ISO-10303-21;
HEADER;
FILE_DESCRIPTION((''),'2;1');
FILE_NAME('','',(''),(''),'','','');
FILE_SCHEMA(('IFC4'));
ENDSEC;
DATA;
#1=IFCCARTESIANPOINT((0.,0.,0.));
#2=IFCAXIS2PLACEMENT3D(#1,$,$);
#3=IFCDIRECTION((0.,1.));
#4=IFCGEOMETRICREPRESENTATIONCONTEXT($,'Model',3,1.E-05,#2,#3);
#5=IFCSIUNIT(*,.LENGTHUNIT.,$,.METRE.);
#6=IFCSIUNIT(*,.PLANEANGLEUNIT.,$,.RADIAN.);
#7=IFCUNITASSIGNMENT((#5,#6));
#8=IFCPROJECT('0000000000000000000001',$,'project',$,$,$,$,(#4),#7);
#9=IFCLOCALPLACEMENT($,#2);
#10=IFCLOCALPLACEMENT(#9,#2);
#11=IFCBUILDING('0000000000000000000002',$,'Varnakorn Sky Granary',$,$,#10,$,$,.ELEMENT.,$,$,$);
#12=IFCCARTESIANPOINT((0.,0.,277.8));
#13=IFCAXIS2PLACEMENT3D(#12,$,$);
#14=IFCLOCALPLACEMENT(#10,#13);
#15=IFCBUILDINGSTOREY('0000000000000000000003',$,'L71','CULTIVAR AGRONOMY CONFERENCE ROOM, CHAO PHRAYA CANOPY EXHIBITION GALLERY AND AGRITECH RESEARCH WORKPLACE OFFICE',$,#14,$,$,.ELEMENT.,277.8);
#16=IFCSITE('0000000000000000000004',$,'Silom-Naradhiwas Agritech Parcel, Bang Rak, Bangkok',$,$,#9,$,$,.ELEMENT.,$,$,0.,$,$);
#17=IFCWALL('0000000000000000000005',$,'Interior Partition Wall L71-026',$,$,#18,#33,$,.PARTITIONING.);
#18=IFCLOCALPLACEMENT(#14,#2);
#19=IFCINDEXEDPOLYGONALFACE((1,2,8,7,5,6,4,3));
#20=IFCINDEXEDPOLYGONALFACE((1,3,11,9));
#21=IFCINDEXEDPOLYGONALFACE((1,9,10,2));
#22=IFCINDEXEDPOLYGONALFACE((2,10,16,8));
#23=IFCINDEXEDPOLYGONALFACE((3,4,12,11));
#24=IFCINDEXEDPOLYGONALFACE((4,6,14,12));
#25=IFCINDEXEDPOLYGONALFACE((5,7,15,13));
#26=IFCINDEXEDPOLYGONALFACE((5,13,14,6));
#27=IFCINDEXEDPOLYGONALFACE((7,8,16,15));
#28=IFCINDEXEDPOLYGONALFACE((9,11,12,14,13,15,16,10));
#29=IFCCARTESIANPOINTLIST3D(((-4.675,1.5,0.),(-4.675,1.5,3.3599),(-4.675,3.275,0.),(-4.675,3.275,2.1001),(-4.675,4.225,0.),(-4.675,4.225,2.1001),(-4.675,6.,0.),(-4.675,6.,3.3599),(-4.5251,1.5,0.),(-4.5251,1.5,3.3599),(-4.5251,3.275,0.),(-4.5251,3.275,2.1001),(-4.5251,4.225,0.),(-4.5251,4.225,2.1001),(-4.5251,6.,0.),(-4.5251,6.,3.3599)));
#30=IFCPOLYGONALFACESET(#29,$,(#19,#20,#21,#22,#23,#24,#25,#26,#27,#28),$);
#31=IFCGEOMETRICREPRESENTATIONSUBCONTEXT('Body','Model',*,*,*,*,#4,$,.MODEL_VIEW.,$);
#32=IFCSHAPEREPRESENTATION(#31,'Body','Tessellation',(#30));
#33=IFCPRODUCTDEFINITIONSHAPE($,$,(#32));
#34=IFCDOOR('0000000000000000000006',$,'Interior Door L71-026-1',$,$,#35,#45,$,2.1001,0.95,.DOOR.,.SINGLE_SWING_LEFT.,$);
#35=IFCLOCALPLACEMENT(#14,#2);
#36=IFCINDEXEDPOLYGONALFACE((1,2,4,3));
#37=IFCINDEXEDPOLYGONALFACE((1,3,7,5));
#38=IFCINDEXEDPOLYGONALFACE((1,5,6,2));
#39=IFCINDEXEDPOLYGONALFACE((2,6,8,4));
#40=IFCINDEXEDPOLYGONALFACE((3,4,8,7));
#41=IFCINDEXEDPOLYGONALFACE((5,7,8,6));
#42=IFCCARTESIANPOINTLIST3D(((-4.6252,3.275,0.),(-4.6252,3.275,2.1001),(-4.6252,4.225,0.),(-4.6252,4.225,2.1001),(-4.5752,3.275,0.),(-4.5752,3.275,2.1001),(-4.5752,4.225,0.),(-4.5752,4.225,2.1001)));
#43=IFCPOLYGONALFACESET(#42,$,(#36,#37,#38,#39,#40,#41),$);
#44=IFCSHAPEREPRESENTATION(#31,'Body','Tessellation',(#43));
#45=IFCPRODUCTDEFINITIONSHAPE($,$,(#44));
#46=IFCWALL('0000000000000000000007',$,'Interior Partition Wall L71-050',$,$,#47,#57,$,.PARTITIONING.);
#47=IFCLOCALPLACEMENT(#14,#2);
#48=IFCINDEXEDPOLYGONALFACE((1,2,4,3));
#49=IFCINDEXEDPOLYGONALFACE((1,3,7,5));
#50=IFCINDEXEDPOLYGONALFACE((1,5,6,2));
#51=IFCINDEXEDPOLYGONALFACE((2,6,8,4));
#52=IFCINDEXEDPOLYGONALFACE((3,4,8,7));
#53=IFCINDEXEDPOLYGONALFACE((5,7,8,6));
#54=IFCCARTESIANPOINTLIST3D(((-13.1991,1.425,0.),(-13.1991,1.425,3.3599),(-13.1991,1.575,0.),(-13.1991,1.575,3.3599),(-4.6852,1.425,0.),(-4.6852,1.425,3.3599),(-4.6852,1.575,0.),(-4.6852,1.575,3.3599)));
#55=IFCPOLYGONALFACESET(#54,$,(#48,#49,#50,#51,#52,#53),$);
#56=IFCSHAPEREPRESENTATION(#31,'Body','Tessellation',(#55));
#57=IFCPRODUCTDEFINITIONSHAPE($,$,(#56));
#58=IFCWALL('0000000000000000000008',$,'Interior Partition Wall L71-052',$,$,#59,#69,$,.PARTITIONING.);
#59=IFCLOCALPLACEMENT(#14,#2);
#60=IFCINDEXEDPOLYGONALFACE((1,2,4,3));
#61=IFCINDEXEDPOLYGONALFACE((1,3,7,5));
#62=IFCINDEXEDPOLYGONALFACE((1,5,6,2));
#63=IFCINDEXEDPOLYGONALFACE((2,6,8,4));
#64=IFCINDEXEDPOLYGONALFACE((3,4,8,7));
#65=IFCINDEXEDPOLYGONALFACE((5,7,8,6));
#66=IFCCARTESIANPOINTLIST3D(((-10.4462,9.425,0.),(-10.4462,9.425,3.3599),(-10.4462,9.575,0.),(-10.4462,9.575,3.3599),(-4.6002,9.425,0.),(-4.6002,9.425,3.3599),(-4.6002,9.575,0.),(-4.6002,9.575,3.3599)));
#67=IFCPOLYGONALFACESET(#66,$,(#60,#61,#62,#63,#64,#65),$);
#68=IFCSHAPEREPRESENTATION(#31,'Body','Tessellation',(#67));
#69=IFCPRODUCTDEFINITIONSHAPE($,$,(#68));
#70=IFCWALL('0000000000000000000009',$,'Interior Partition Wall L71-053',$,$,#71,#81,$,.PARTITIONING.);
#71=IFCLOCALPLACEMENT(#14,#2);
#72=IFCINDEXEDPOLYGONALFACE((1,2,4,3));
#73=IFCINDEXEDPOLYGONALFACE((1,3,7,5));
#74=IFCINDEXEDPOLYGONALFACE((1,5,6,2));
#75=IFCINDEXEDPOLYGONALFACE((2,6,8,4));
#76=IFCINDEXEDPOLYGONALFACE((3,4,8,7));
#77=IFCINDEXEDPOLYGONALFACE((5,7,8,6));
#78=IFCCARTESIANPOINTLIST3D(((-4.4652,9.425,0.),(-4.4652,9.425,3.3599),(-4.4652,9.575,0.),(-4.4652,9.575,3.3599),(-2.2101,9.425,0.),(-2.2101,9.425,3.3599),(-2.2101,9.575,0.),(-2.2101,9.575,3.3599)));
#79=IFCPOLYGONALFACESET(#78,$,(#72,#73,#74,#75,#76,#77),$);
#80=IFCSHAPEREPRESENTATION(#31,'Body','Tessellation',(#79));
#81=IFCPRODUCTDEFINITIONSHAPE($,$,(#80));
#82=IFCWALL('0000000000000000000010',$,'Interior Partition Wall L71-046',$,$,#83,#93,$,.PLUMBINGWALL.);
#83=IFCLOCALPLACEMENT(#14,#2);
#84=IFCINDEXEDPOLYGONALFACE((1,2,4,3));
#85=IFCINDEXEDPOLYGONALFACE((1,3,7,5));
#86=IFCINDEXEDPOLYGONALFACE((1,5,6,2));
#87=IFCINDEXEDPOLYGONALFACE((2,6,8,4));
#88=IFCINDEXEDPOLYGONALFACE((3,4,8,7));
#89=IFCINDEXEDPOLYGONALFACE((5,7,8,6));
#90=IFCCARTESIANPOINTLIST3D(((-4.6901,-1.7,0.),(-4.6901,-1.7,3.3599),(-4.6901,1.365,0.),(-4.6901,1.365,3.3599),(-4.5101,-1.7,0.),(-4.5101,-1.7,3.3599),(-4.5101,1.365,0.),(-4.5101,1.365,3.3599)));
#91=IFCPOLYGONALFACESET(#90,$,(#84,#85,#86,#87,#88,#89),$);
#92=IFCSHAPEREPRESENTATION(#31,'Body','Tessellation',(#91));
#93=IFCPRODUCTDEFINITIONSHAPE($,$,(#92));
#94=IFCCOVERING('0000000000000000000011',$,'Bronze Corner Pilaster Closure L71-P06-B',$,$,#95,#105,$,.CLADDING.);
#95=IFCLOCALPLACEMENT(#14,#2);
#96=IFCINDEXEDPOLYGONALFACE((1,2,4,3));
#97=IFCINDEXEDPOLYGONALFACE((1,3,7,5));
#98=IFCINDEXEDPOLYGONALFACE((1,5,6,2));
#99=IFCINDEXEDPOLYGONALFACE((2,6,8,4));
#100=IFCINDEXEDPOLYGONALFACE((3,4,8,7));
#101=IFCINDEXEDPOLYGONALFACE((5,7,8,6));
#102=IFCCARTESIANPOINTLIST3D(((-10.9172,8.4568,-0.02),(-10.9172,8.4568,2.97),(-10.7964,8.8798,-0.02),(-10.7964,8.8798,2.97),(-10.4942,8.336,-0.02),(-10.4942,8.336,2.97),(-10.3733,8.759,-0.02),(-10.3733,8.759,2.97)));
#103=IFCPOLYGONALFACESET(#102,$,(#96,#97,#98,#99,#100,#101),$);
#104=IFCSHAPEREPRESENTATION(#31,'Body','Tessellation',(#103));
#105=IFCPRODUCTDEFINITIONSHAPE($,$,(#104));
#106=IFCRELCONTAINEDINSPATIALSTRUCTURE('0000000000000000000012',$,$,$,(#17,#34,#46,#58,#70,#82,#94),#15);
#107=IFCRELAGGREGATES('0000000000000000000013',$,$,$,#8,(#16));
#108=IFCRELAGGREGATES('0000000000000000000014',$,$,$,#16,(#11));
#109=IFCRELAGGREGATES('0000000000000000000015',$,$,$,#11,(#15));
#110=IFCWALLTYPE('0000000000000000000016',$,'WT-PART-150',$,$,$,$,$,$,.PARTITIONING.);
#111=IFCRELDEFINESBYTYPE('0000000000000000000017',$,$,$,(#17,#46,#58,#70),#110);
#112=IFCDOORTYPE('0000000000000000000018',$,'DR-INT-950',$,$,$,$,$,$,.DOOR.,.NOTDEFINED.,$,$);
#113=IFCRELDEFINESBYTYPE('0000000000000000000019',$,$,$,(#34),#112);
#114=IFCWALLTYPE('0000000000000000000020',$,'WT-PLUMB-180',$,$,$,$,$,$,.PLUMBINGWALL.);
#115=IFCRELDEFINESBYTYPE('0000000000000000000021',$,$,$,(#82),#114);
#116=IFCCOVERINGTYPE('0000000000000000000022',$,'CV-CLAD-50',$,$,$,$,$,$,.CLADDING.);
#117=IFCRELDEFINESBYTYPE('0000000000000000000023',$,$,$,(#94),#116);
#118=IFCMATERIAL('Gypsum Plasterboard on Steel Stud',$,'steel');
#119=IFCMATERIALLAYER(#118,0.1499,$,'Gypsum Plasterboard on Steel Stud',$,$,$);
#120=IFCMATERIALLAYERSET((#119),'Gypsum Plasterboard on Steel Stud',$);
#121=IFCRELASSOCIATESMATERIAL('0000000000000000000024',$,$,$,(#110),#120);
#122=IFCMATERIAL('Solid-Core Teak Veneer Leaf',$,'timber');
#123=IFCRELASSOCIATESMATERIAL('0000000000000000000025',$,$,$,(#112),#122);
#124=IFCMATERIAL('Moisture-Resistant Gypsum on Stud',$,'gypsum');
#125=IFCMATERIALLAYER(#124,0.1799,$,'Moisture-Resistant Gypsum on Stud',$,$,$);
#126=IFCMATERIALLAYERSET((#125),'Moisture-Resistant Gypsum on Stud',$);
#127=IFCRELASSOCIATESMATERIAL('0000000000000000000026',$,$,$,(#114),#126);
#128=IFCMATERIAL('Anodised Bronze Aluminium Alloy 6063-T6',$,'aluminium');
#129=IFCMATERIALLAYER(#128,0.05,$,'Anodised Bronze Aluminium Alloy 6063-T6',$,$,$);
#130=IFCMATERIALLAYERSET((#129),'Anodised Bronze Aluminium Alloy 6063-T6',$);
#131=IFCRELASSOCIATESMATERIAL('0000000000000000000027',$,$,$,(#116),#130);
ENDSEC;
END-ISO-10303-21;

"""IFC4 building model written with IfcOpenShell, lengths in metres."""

from ifc_helpers import new_model, si_unit, direction, frame, frame_2d, origin, origin_2d, place, context, subcontext, project, spatial, rectangle, extrude, source, transform, mapped, material, layer, layer_set, type_object, type_shapes, element, fill, save


model = new_model("IFC4")

# Units and contexts
model_context = context("Model", 3, precision=1e-05, world=origin(), true_north=direction((0.0, 1.0)))
body_context = subcontext(model_context, "Body", "Model", "MODEL_VIEW")
ifc_project = project(units=[si_unit("LENGTHUNIT", "METRE"), si_unit("PLANEANGLEUNIT", "RADIAN")], contexts=[model_context])

# Site, building, storey
site_placement = place(None, origin())
site = spatial("IfcSite", under=ifc_project, at=site_placement, Name="Silom-Naradhiwas Agritech Parcel, Bang Rak, Bangkok", CompositionType="ELEMENT", RefElevation=0.0)
building_placement = place(site_placement, origin())
building = spatial("IfcBuilding", under=site, at=building_placement, Name="Varnakorn Sky Granary", CompositionType="ELEMENT")
storey_placement = place(building_placement, frame((0.0, 0.0, 277.8)))
storey = spatial("IfcBuildingStorey", under=building, at=storey_placement, Name="L71", Description="CULTIVAR AGRONOMY CONFERENCE ROOM, CHAO PHRAYA CANOPY EXHIBITION GALLERY AND AGRITECH RESEARCH WORKPLACE OFFICE", CompositionType="ELEMENT", Elevation=277.8)

# Shared definitions
ifc_material_1 = material(Name="Anodised Bronze Aluminium Alloy 6063-T6", Category="aluminium")

# Wall, opening, door
ifc_material_2 = material(Name="Gypsum Plasterboard on Steel Stud", Category="steel")
ifc_layer_1 = layer(ifc_material_2, 0.1499, Name="Gypsum Plasterboard on Steel Stud")
ifc_layer_set_1 = layer_set([ifc_layer_1], Name="Gypsum Plasterboard on Steel Stud")
wall_type_1 = type_object("IfcWallType", Name="WT-PART-150", PredefinedType="PARTITIONING", material=ifc_layer_set_1)
wall_1_placement = place(storey_placement, frame((-4.6001, 6.0, 0.0), z_axis=(0.0, 0.0, 1.0), x_axis=(0.0, -1.0, 0.0)))
wall_1 = element("IfcWall", 1, at=wall_1_placement, inside=storey, type_object=wall_type_1, Name="Interior Partition Wall L71-026", PredefinedType="PARTITIONING", context=body_context, shape_type="SweptSolid", body=[
    extrude(rectangle(XDim=4.5, YDim=0.1499, at=frame_2d((2.25, 0.0))), origin(), (0.0, 0.0, 1.0), 3.3599),
])
opening_placement = place(wall_1_placement, frame((1.7749, 0.0, 0.0)))
opening = element("IfcOpeningElement", 2, at=opening_placement, cuts=wall_1, PredefinedType="OPENING", context=body_context, shape_type="SweptSolid", body=[
    extrude(rectangle(XDim=0.95, YDim=2.1001, at=frame_2d((0.4751, 1.05))), frame((0.0, 0.085, 0.0), z_axis=(0.0, -1.0, 0.0), x_axis=(1.0, 0.0, 0.0)), (0.0, 0.0, 1.0), 0.1699),
])
ifc_material_3 = material(Name="Solid-Core Teak Veneer Leaf", Category="timber")
door_type = type_object("IfcDoorType", Name="DR-INT-950", OperationType="NOTDEFINED", PredefinedType="DOOR", material=ifc_material_3)
door_placement = place(opening_placement, origin())
door = element("IfcDoor", 3, at=door_placement, inside=storey, type_object=door_type, Name="Interior Door L71-026-1", OperationType="SINGLE_SWING_LEFT", OverallHeight=2.1001, OverallWidth=0.95, PredefinedType="DOOR", context=body_context, shape_type="SweptSolid", body=[
    extrude(rectangle(XDim=0.95, YDim=2.1001, at=frame_2d((0.4751, 1.05))), frame((0.0, 0.0249, 0.0), z_axis=(0.0, -1.0, 0.0), x_axis=(1.0, 0.0, 0.0)), (0.0, 0.0, 1.0), 0.05),
])
fill(opening, door)

# Walls
wall_2_placement = place(storey_placement, frame((-13.199, 1.5, 0.0), z_axis=(0.0, 0.0, 1.0), x_axis=(1.0, 0.0, 0.0)))
element("IfcWall", 4, at=wall_2_placement, inside=storey, type_object=wall_type_1, Name="Interior Partition Wall L71-050", PredefinedType="PARTITIONING", context=body_context, shape_type="SweptSolid", body=[
    extrude(rectangle(XDim=8.5139, YDim=0.1499, at=frame_2d((4.2568, 0.0))), origin(), (0.0, 0.0, 1.0), 3.3599),
])
wall_3_placement = place(storey_placement, frame((-10.446, 9.5, 0.0), z_axis=(0.0, 0.0, 1.0), x_axis=(1.0, 0.0, 0.0)))
element("IfcWall", 5, at=wall_3_placement, inside=storey, type_object=wall_type_1, Name="Interior Partition Wall L71-052", PredefinedType="PARTITIONING", context=body_context, shape_type="SweptSolid", body=[
    extrude(rectangle(XDim=5.8459, YDim=0.1499, at=frame_2d((2.9229, 0.0))), origin(), (0.0, 0.0, 1.0), 3.3599),
])
wall_4_placement = place(storey_placement, frame((-4.4651, 9.5, 0.0), z_axis=(0.0, 0.0, 1.0), x_axis=(1.0, 0.0, 0.0)))
element("IfcWall", 6, at=wall_4_placement, inside=storey, type_object=wall_type_1, Name="Interior Partition Wall L71-053", PredefinedType="PARTITIONING", context=body_context, shape_type="SweptSolid", body=[
    extrude(rectangle(XDim=2.2551, YDim=0.1499, at=frame_2d((1.1274, 0.0))), origin(), (0.0, 0.0, 1.0), 3.3599),
])
ifc_material_4 = material(Name="Moisture-Resistant Gypsum on Stud", Category="gypsum")
ifc_layer_2 = layer(ifc_material_4, 0.1799, Name="Moisture-Resistant Gypsum on Stud")
ifc_layer_set_2 = layer_set([ifc_layer_2], Name="Moisture-Resistant Gypsum on Stud")
wall_type_2 = type_object("IfcWallType", Name="WT-PLUMB-180", PredefinedType="PLUMBINGWALL", material=ifc_layer_set_2)
wall_5_placement = place(storey_placement, frame((-4.6001, 1.365, 0.0), z_axis=(0.0, 0.0, 1.0), x_axis=(0.0, -1.0, 0.0)))
element("IfcWall", 7, at=wall_5_placement, inside=storey, type_object=wall_type_2, Name="Interior Partition Wall L71-046", PredefinedType="PLUMBINGWALL", context=body_context, shape_type="SweptSolid", body=[
    extrude(rectangle(XDim=3.0649, YDim=0.1799, at=frame_2d((1.5325, 0.0))), origin(), (0.0, 0.0, 1.0), 3.3599),
])

# Covering
ifc_layer_3 = layer(ifc_material_1, 0.05, Name="Anodised Bronze Aluminium Alloy 6063-T6")
ifc_layer_set_3 = layer_set([ifc_layer_3], Name="Anodised Bronze Aluminium Alloy 6063-T6")
covering_type = type_object("IfcCoveringType", Name="CV-CLAD-50", PredefinedType="CLADDING", material=ifc_layer_set_3)
shared_shape_1 = source(origin(), body_context, "Body", "SweptSolid", [
    extrude(rectangle(XDim=0.4399, YDim=0.4399, at=origin_2d()), origin(), (0.0, 0.0, 1.0), 2.99),
])
type_shapes(covering_type, [shared_shape_1])
covering_placement = place(storey_placement, frame((-10.6453, 8.6079, -0.02), z_axis=(0.0, 0.0, 1.0), x_axis=(0.274631, 0.96155, 0.0)))
element("IfcCovering", 8, at=covering_placement, inside=storey, type_object=covering_type, Name="Bronze Corner Pilaster Closure L71-P06-B", PredefinedType="CLADDING", context=body_context, shape_type="MappedRepresentation", body=[
    mapped(shared_shape_1, transform((0.0, 0.0, 0.0), x_axis=(1.0, 0.0, 0.0), y_axis=(0.0, 1.0, 0.0), z_axis=(0.0, 0.0, 1.0), scale=1.0)),
])

save(model, "model.ifc")
